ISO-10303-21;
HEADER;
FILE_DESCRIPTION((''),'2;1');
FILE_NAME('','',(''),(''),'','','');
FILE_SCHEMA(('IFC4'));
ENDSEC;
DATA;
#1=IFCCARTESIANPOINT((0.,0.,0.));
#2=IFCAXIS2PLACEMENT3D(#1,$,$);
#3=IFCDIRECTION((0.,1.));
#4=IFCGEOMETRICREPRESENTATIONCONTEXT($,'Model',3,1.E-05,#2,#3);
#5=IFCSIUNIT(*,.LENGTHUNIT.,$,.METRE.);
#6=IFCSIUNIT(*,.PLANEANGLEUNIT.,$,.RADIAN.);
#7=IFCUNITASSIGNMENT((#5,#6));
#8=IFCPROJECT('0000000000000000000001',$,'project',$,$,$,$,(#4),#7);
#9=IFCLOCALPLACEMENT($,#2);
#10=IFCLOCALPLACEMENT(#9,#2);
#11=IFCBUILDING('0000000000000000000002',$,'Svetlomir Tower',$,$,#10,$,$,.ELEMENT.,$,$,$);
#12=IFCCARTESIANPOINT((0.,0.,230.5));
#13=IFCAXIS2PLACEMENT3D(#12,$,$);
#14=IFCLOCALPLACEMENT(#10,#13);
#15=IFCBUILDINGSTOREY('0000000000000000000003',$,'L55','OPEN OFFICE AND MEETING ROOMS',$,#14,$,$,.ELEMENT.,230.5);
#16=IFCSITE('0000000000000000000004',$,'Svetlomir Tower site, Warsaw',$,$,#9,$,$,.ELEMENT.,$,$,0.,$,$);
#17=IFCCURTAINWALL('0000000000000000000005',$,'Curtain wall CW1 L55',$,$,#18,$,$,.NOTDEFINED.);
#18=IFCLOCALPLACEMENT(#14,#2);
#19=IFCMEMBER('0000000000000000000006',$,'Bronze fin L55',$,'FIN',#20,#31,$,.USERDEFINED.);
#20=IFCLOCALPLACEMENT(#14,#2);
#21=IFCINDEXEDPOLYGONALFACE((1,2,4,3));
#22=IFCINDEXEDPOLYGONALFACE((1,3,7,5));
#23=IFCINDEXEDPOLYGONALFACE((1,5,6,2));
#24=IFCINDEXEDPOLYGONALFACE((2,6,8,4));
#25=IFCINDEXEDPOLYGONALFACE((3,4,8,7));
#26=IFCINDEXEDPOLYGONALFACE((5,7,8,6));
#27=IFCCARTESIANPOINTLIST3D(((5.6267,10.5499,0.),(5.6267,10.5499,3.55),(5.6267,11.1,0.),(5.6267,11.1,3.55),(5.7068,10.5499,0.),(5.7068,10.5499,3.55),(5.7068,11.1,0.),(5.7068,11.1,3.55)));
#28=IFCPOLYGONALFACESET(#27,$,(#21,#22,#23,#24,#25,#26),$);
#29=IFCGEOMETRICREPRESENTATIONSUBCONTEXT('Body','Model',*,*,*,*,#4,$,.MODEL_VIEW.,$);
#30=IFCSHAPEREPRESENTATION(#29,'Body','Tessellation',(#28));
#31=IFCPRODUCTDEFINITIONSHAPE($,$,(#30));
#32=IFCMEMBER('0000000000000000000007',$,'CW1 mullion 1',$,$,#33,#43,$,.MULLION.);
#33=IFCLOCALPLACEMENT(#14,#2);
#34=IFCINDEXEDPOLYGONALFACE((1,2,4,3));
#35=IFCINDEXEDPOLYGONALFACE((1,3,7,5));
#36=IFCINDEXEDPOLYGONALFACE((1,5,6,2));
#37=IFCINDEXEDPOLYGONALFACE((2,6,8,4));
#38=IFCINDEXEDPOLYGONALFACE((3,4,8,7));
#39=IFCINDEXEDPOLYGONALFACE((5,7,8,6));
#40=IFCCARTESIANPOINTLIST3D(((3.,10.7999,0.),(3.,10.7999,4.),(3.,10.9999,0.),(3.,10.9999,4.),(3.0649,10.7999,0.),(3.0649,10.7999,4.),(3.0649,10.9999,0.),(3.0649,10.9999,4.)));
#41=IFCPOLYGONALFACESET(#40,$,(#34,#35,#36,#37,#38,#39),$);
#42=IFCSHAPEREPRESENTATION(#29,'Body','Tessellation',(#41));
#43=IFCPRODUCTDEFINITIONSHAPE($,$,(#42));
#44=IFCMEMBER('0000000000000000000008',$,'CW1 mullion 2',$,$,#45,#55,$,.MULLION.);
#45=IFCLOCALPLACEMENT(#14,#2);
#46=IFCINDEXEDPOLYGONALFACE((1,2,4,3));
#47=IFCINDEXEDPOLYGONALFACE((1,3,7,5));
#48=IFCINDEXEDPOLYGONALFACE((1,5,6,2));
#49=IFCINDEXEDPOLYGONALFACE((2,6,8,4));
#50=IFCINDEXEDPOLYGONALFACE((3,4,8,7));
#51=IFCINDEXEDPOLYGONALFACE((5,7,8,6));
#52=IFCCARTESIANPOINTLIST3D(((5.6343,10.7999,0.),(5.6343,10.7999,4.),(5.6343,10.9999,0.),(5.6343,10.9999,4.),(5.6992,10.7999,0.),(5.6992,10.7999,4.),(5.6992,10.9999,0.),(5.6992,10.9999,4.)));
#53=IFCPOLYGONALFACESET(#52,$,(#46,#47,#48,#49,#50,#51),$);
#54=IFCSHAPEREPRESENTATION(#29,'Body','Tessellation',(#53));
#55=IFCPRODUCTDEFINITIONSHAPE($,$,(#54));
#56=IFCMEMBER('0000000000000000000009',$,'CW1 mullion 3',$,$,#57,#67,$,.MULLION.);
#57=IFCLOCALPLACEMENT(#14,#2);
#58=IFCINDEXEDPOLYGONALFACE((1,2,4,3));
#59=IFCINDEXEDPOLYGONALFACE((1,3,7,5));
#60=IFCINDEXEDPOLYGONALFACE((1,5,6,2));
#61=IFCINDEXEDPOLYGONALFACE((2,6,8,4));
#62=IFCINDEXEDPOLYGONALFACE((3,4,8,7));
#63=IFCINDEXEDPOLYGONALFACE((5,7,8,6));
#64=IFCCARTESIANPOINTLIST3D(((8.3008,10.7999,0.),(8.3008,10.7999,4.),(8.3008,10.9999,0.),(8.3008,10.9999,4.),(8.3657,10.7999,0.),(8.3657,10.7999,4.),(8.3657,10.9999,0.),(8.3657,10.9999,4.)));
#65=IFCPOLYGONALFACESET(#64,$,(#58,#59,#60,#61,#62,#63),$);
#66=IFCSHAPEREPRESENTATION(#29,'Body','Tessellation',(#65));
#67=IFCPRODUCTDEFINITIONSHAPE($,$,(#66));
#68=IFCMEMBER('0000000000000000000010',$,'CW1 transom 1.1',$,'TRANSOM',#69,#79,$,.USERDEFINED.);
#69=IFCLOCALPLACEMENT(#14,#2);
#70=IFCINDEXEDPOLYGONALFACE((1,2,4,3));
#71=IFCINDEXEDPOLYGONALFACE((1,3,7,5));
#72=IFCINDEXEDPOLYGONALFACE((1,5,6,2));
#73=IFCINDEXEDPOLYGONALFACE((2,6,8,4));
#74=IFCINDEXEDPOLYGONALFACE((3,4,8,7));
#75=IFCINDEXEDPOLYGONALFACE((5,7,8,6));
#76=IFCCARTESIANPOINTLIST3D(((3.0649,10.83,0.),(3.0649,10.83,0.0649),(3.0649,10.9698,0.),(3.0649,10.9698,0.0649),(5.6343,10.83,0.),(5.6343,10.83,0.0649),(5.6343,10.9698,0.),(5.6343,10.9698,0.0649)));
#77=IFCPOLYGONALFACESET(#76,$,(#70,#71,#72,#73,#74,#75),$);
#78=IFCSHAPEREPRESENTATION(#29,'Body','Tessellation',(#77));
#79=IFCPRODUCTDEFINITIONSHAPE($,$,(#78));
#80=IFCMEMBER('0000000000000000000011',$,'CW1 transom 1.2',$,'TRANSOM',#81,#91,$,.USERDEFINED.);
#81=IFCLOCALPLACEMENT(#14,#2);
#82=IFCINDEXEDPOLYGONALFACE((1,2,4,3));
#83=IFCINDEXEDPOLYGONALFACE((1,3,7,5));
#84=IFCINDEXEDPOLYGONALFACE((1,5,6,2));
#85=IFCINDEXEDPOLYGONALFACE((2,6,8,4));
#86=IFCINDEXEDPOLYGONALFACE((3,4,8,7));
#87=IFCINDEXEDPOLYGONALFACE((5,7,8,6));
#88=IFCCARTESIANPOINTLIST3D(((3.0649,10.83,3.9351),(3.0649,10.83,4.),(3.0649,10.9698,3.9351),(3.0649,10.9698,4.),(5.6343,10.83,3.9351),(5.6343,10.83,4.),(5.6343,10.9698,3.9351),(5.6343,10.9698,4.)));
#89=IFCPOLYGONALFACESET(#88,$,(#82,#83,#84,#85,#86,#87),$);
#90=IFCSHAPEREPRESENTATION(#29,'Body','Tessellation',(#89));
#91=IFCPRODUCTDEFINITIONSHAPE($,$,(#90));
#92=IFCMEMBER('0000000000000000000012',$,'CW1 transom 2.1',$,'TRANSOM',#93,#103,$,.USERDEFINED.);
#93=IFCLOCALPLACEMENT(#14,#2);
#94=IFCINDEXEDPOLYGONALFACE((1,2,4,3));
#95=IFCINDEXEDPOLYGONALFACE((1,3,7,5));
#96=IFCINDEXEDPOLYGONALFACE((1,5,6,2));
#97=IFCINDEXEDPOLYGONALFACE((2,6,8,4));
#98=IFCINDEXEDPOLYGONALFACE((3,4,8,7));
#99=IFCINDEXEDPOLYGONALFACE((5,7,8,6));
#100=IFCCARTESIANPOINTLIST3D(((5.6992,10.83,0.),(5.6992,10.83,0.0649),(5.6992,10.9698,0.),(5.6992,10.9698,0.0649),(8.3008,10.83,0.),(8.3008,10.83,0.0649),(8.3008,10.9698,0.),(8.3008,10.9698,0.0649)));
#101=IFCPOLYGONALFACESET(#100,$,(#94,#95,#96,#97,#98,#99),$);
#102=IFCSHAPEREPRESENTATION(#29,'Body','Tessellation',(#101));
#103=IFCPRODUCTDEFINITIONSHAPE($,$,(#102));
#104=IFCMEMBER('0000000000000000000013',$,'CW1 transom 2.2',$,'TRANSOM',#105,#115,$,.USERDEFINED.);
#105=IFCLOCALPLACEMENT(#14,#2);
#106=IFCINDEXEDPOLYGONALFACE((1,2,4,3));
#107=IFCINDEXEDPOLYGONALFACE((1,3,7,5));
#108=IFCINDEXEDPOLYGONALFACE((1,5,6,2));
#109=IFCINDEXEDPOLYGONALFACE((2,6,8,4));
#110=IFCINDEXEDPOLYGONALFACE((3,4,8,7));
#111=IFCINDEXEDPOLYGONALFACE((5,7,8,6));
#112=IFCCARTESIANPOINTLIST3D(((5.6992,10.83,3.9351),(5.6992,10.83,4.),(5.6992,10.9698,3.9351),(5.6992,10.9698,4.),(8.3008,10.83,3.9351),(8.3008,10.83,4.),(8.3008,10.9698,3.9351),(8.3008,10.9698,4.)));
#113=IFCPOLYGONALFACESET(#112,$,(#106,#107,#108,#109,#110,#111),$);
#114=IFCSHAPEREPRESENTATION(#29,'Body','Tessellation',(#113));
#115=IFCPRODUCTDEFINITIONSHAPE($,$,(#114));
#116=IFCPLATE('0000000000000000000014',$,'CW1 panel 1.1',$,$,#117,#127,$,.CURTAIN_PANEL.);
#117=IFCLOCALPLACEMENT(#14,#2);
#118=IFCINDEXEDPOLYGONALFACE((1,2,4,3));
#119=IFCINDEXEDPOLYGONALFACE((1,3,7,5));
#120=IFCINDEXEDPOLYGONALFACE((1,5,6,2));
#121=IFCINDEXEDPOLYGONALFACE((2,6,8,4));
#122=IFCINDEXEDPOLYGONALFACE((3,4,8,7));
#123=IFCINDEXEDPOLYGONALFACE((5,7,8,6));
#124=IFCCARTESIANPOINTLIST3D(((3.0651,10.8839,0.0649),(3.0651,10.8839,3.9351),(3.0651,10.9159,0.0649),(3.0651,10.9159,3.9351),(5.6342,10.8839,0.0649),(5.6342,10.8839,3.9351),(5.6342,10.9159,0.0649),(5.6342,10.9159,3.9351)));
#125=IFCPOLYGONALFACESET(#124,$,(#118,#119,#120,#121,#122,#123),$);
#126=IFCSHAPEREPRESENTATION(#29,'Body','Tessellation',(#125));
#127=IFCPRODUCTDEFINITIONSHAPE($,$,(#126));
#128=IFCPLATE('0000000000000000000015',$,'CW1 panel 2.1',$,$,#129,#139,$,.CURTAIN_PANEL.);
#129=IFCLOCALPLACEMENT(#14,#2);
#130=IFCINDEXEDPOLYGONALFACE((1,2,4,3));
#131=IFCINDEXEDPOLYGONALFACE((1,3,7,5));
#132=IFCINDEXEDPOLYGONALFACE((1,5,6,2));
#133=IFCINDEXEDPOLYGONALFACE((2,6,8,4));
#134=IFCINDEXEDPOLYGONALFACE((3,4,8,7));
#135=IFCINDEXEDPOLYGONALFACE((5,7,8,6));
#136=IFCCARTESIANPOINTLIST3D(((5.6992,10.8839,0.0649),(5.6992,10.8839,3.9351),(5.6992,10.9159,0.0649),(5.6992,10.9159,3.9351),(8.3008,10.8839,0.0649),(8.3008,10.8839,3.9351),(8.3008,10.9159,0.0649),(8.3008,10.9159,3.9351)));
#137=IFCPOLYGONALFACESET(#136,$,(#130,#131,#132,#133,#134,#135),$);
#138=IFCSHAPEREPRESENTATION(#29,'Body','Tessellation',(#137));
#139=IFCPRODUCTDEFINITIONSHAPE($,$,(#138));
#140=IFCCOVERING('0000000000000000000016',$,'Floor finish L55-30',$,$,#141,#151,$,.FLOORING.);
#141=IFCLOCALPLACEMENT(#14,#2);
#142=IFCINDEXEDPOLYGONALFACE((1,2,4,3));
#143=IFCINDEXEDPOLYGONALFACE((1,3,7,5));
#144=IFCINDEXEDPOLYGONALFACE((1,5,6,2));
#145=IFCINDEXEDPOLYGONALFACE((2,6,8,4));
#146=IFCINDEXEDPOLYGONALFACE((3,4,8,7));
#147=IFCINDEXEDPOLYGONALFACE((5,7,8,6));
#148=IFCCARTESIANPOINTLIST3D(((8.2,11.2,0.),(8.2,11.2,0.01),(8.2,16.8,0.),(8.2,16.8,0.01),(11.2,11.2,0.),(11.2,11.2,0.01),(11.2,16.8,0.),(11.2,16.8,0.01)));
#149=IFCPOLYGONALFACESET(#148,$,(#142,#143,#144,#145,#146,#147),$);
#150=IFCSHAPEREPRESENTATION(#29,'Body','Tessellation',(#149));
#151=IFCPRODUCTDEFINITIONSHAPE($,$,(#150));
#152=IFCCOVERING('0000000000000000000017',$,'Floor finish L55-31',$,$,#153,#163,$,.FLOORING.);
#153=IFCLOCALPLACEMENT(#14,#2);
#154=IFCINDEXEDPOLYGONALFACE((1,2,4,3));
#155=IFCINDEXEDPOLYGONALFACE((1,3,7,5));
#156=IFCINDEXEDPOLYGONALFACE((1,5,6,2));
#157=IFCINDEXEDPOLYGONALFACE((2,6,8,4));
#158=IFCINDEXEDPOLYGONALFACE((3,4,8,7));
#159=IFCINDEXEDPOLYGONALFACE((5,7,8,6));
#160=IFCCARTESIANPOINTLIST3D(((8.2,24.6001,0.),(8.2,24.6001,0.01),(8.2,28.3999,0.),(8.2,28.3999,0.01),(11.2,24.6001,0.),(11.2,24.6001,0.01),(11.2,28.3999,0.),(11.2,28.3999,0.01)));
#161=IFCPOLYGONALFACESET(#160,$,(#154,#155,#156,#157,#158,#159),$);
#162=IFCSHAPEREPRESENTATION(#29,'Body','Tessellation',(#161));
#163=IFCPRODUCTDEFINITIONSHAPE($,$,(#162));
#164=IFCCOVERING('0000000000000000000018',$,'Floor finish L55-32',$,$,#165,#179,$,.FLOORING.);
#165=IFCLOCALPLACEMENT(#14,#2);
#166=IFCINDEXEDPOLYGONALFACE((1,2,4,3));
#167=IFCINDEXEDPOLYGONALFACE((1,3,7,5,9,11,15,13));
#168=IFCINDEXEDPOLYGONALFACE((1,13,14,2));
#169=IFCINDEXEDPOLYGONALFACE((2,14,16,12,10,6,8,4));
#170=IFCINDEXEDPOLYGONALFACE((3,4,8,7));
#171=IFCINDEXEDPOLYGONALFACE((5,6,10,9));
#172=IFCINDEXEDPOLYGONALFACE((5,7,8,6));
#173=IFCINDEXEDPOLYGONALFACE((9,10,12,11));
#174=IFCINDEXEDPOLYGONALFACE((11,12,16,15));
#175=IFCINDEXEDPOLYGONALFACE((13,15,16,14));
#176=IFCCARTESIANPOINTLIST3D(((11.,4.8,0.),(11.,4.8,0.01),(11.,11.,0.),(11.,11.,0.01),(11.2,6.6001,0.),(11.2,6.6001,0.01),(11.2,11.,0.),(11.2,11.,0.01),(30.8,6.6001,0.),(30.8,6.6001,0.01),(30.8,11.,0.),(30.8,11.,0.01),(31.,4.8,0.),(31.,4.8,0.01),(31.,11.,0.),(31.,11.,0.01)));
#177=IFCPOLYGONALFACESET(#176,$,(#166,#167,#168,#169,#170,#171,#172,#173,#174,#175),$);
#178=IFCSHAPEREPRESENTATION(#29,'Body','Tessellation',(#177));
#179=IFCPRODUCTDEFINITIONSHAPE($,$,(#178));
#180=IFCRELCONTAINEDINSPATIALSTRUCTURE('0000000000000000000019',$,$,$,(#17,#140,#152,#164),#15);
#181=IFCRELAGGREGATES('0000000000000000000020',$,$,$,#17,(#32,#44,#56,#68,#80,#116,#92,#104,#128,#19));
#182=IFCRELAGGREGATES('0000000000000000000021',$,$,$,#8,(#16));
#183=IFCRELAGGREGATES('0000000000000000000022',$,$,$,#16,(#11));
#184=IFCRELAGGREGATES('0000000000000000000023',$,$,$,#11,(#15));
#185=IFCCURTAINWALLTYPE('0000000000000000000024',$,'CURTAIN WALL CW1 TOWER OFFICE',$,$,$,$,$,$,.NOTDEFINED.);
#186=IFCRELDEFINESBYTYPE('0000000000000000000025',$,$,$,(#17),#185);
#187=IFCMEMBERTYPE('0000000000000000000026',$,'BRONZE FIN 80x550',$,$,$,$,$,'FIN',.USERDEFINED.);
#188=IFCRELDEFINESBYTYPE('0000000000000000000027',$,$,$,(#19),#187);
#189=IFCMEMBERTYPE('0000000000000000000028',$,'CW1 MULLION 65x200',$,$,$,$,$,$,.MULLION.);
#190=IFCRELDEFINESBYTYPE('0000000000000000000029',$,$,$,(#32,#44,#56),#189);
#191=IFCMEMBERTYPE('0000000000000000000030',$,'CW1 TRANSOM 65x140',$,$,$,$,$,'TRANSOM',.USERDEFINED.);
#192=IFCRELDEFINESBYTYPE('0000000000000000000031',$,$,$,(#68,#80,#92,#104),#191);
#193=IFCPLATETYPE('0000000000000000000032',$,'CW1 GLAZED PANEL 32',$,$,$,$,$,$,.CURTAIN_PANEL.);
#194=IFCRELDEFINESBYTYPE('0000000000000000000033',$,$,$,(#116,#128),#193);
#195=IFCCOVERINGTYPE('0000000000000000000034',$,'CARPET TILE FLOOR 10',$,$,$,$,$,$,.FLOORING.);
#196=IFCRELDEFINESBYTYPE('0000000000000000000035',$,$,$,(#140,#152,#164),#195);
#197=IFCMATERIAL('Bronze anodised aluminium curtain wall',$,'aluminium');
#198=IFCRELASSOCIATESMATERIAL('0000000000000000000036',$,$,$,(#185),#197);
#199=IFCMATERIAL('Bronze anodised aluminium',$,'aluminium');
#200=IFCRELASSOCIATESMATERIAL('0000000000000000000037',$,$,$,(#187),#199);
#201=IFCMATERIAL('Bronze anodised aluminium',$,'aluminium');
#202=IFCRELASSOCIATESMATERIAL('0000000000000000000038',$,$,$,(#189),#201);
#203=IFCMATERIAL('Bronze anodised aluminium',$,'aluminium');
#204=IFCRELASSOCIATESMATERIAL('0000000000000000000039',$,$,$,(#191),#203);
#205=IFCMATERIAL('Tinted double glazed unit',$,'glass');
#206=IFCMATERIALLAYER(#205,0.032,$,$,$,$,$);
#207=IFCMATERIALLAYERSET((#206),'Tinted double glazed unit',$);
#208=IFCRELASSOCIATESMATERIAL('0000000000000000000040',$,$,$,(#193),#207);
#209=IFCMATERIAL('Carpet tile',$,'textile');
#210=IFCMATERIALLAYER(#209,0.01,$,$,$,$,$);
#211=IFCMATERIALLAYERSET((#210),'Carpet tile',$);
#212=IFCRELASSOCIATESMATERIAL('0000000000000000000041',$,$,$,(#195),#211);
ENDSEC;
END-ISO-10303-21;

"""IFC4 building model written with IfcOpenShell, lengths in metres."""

from ifc_helpers import new_model, si_unit, direction, frame, origin, origin_2d, place, context, subcontext, project, spatial, polyline, rectangle, outline, extrude, material, layer, layer_set, material_profile, profile_set, type_object, element, aggregate, save


model = new_model("IFC4")

# Units and contexts
model_context = context("Model", 3, precision=1e-05, world=origin(), true_north=direction((0.0, 1.0)))
body_context = subcontext(model_context, "Body", "Model", "MODEL_VIEW")
ifc_project = project(units=[si_unit("LENGTHUNIT", "METRE"), si_unit("PLANEANGLEUNIT", "RADIAN")], contexts=[model_context])

# Site, building, storey
site_placement = place(None, origin())
site = spatial("IfcSite", under=ifc_project, at=site_placement, Name="Svetlomir Tower site, Warsaw", CompositionType="ELEMENT", RefElevation=0.0)
building_placement = place(site_placement, origin())
building = spatial("IfcBuilding", under=site, at=building_placement, Name="Svetlomir Tower", CompositionType="ELEMENT")
storey_placement = place(building_placement, frame((0.0, 0.0, 230.5)))
storey = spatial("IfcBuildingStorey", under=building, at=storey_placement, Name="L55", Description="OPEN OFFICE AND MEETING ROOMS", CompositionType="ELEMENT", Elevation=230.5)

# Curtain wall, members, plates
ifc_material_1 = material(Name="Bronze anodised aluminium curtain wall", Category="aluminium")
curtain_wall_type = type_object("IfcCurtainWallType", Name="CURTAIN WALL CW1 TOWER OFFICE", PredefinedType="NOTDEFINED", material=ifc_material_1)
curtain_wall_placement = place(storey_placement, origin())
curtain_wall = element("IfcCurtainWall", 1, at=curtain_wall_placement, inside=storey, type_object=curtain_wall_type, Name="Curtain wall CW1 L55", PredefinedType="NOTDEFINED")
ifc_material_2 = material(Name="Bronze anodised aluminium", Category="aluminium")
ifc_material_profile_1 = material_profile(ifc_material_2, rectangle(XDim=0.0801, YDim=0.55, at=origin_2d()), Name="FIN 80x550")
ifc_profile_set_1 = profile_set([ifc_material_profile_1], Name="Bronze anodised aluminium 6063-T6")
member_type_1 = type_object("IfcMemberType", Name="BRONZE FIN 80x550", ElementType="FIN", PredefinedType="USERDEFINED", material=ifc_profile_set_1)
member_1_placement = place(storey_placement, frame((5.6667, 10.825, 0.0), z_axis=(0.0, 0.0, 1.0), x_axis=(1.0, 0.0, 0.0)))
member_1 = element("IfcMember", 2, at=member_1_placement, type_object=member_type_1, Name="Bronze fin L55", ObjectType="FIN", PredefinedType="USERDEFINED", context=body_context, shape_type="SweptSolid", body=[
    extrude(rectangle(XDim=0.0801, YDim=0.55, at=origin_2d()), origin(), (0.0, 0.0, 1.0), 3.55),
])
ifc_material_3 = material(Name="Bronze anodised aluminium", Category="aluminium")
ifc_material_profile_2 = material_profile(ifc_material_3, rectangle(XDim=0.0649, YDim=0.2, at=origin_2d()), Name="AL 65x200")
ifc_profile_set_2 = profile_set([ifc_material_profile_2], Name="Bronze anodised aluminium 6063-T6")
member_type_2 = type_object("IfcMemberType", Name="CW1 MULLION 65x200", PredefinedType="MULLION", material=ifc_profile_set_2)
member_2_placement = place(storey_placement, frame((3.0325, 10.8999, 0.0), z_axis=(0.0, 0.0, 1.0), x_axis=(1.0, 0.0, 0.0)))
member_2 = element("IfcMember", 3, at=member_2_placement, type_object=member_type_2, Name="CW1 mullion 1", PredefinedType="MULLION", context=body_context, shape_type="SweptSolid", body=[
    extrude(rectangle(XDim=0.0649, YDim=0.2, at=origin_2d()), origin(), (0.0, 0.0, 1.0), 4.0),
])
member_3_placement = place(storey_placement, frame((5.6667, 10.8999, 0.0), z_axis=(0.0, 0.0, 1.0), x_axis=(1.0, 0.0, 0.0)))
member_3 = element("IfcMember", 4, at=member_3_placement, type_object=member_type_2, Name="CW1 mullion 2", PredefinedType="MULLION", context=body_context, shape_type="SweptSolid", body=[
    extrude(rectangle(XDim=0.0649, YDim=0.2, at=origin_2d()), origin(), (0.0, 0.0, 1.0), 4.0),
])
member_4_placement = place(storey_placement, frame((8.3333, 10.8999, 0.0), z_axis=(0.0, 0.0, 1.0), x_axis=(1.0, 0.0, 0.0)))
member_4 = element("IfcMember", 5, at=member_4_placement, type_object=member_type_2, Name="CW1 mullion 3", PredefinedType="MULLION", context=body_context, shape_type="SweptSolid", body=[
    extrude(rectangle(XDim=0.0649, YDim=0.2, at=origin_2d()), origin(), (0.0, 0.0, 1.0), 4.0),
])
ifc_material_4 = material(Name="Bronze anodised aluminium", Category="aluminium")
ifc_material_profile_3 = material_profile(ifc_material_4, rectangle(XDim=0.1399, YDim=0.0649, at=origin_2d()), Name="AL 140x65")
ifc_profile_set_3 = profile_set([ifc_material_profile_3], Name="Bronze anodised aluminium 6063-T6")
member_type_3 = type_object("IfcMemberType", Name="CW1 TRANSOM 65x140", ElementType="TRANSOM", PredefinedType="USERDEFINED", material=ifc_profile_set_3)
member_5_placement = place(storey_placement, frame((3.0649, 10.8999, 0.0325), z_axis=(1.0, 0.0, 0.0), x_axis=(0.0, 1.0, 0.0)))
member_5 = element("IfcMember", 6, at=member_5_placement, type_object=member_type_3, Name="CW1 transom 1.1", ObjectType="TRANSOM", PredefinedType="USERDEFINED", context=body_context, shape_type="SweptSolid", body=[
    extrude(rectangle(XDim=0.1399, YDim=0.0649, at=origin_2d()), origin(), (0.0, 0.0, 1.0), 2.5693),
])
member_6_placement = place(storey_placement, frame((3.0649, 10.8999, 3.9675), z_axis=(1.0, 0.0, 0.0), x_axis=(0.0, 1.0, 0.0)))
member_6 = element("IfcMember", 7, at=member_6_placement, type_object=member_type_3, Name="CW1 transom 1.2", ObjectType="TRANSOM", PredefinedType="USERDEFINED", context=body_context, shape_type="SweptSolid", body=[
    extrude(rectangle(XDim=0.1399, YDim=0.0649, at=origin_2d()), origin(), (0.0, 0.0, 1.0), 2.5693),
])
member_7_placement = place(storey_placement, frame((5.6992, 10.8999, 0.0325), z_axis=(1.0, 0.0, 0.0), x_axis=(0.0, 1.0, 0.0)))
member_7 = element("IfcMember", 8, at=member_7_placement, type_object=member_type_3, Name="CW1 transom 2.1", ObjectType="TRANSOM", PredefinedType="USERDEFINED", context=body_context, shape_type="SweptSolid", body=[
    extrude(rectangle(XDim=0.1399, YDim=0.0649, at=origin_2d()), origin(), (0.0, 0.0, 1.0), 2.6016),
])
member_8_placement = place(storey_placement, frame((5.6992, 10.8999, 3.9675), z_axis=(1.0, 0.0, 0.0), x_axis=(0.0, 1.0, 0.0)))
member_8 = element("IfcMember", 9, at=member_8_placement, type_object=member_type_3, Name="CW1 transom 2.2", ObjectType="TRANSOM", PredefinedType="USERDEFINED", context=body_context, shape_type="SweptSolid", body=[
    extrude(rectangle(XDim=0.1399, YDim=0.0649, at=origin_2d()), origin(), (0.0, 0.0, 1.0), 2.6016),
])
ifc_material_5 = material(Name="Tinted double glazed unit", Category="glass")
ifc_layer_1 = layer(ifc_material_5, 0.032)
ifc_layer_set_1 = layer_set([ifc_layer_1], Name="Tinted double glazed unit")
plate_type = type_object("IfcPlateType", Name="CW1 GLAZED PANEL 32", PredefinedType="CURTAIN_PANEL", material=ifc_layer_set_1)
plate_1_placement = place(storey_placement, frame((4.3496, 10.8999, 0.0649), z_axis=(0.0, 0.0, 1.0), x_axis=(1.0, 0.0, 0.0)))
plate_1 = element("IfcPlate", 10, at=plate_1_placement, type_object=plate_type, Name="CW1 panel 1.1", PredefinedType="CURTAIN_PANEL", context=body_context, shape_type="SweptSolid", body=[
    extrude(rectangle(XDim=2.5691, YDim=0.032, at=origin_2d()), origin(), (0.0, 0.0, 1.0), 3.8701),
])
plate_2_placement = place(storey_placement, frame((7.0, 10.8999, 0.0649), z_axis=(0.0, 0.0, 1.0), x_axis=(1.0, 0.0, 0.0)))
plate_2 = element("IfcPlate", 11, at=plate_2_placement, type_object=plate_type, Name="CW1 panel 2.1", PredefinedType="CURTAIN_PANEL", context=body_context, shape_type="SweptSolid", body=[
    extrude(rectangle(XDim=2.6016, YDim=0.032, at=origin_2d()), origin(), (0.0, 0.0, 1.0), 3.8701),
])
aggregate(curtain_wall, [member_2, member_3, member_4, member_5, member_6, plate_1, member_7, member_8, plate_2, member_1])

# Coverings
ifc_material_6 = material(Name="Carpet tile", Category="textile")
ifc_layer_2 = layer(ifc_material_6, 0.01)
ifc_layer_set_2 = layer_set([ifc_layer_2], Name="Carpet tile")
covering_type_1 = type_object("IfcCoveringType", Name="CARPET TILE FLOOR 10", PredefinedType="FLOORING", material=ifc_layer_set_2)
covering_1_placement = place(storey_placement, origin())
element("IfcCovering", 12, at=covering_1_placement, inside=storey, type_object=covering_type_1, Name="Floor finish L55-30", PredefinedType="FLOORING", context=body_context, shape_type="SweptSolid", body=[
    extrude(outline(polyline([(8.2, 11.2), (11.2, 11.2), (11.2, 16.8), (8.2, 16.8), (8.2, 11.2)])), origin(), (0.0, 0.0, 1.0), 0.01),
])
covering_2_placement = place(storey_placement, origin())
element("IfcCovering", 13, at=covering_2_placement, inside=storey, type_object=covering_type_1, Name="Floor finish L55-31", PredefinedType="FLOORING", context=body_context, shape_type="SweptSolid", body=[
    extrude(outline(polyline([(8.2, 24.6001), (11.2, 24.6001), (11.2, 28.3999), (8.2, 28.3999), (8.2, 24.6001)])), origin(), (0.0, 0.0, 1.0), 0.01),
])
covering_3_placement = place(storey_placement, origin())
element("IfcCovering", 14, at=covering_3_placement, inside=storey, type_object=covering_type_1, Name="Floor finish L55-32", PredefinedType="FLOORING", context=body_context, shape_type="SweptSolid", body=[
    extrude(outline(polyline([(11.0, 11.0), (11.2, 11.0), (11.2, 6.6001), (30.8, 6.6001), (30.8, 11.0), (31.0, 11.0), (31.0, 4.8), (11.0, 4.8), (11.0, 11.0)])), origin(), (0.0, 0.0, 1.0), 0.01),
])

save(model, "model.ifc")
